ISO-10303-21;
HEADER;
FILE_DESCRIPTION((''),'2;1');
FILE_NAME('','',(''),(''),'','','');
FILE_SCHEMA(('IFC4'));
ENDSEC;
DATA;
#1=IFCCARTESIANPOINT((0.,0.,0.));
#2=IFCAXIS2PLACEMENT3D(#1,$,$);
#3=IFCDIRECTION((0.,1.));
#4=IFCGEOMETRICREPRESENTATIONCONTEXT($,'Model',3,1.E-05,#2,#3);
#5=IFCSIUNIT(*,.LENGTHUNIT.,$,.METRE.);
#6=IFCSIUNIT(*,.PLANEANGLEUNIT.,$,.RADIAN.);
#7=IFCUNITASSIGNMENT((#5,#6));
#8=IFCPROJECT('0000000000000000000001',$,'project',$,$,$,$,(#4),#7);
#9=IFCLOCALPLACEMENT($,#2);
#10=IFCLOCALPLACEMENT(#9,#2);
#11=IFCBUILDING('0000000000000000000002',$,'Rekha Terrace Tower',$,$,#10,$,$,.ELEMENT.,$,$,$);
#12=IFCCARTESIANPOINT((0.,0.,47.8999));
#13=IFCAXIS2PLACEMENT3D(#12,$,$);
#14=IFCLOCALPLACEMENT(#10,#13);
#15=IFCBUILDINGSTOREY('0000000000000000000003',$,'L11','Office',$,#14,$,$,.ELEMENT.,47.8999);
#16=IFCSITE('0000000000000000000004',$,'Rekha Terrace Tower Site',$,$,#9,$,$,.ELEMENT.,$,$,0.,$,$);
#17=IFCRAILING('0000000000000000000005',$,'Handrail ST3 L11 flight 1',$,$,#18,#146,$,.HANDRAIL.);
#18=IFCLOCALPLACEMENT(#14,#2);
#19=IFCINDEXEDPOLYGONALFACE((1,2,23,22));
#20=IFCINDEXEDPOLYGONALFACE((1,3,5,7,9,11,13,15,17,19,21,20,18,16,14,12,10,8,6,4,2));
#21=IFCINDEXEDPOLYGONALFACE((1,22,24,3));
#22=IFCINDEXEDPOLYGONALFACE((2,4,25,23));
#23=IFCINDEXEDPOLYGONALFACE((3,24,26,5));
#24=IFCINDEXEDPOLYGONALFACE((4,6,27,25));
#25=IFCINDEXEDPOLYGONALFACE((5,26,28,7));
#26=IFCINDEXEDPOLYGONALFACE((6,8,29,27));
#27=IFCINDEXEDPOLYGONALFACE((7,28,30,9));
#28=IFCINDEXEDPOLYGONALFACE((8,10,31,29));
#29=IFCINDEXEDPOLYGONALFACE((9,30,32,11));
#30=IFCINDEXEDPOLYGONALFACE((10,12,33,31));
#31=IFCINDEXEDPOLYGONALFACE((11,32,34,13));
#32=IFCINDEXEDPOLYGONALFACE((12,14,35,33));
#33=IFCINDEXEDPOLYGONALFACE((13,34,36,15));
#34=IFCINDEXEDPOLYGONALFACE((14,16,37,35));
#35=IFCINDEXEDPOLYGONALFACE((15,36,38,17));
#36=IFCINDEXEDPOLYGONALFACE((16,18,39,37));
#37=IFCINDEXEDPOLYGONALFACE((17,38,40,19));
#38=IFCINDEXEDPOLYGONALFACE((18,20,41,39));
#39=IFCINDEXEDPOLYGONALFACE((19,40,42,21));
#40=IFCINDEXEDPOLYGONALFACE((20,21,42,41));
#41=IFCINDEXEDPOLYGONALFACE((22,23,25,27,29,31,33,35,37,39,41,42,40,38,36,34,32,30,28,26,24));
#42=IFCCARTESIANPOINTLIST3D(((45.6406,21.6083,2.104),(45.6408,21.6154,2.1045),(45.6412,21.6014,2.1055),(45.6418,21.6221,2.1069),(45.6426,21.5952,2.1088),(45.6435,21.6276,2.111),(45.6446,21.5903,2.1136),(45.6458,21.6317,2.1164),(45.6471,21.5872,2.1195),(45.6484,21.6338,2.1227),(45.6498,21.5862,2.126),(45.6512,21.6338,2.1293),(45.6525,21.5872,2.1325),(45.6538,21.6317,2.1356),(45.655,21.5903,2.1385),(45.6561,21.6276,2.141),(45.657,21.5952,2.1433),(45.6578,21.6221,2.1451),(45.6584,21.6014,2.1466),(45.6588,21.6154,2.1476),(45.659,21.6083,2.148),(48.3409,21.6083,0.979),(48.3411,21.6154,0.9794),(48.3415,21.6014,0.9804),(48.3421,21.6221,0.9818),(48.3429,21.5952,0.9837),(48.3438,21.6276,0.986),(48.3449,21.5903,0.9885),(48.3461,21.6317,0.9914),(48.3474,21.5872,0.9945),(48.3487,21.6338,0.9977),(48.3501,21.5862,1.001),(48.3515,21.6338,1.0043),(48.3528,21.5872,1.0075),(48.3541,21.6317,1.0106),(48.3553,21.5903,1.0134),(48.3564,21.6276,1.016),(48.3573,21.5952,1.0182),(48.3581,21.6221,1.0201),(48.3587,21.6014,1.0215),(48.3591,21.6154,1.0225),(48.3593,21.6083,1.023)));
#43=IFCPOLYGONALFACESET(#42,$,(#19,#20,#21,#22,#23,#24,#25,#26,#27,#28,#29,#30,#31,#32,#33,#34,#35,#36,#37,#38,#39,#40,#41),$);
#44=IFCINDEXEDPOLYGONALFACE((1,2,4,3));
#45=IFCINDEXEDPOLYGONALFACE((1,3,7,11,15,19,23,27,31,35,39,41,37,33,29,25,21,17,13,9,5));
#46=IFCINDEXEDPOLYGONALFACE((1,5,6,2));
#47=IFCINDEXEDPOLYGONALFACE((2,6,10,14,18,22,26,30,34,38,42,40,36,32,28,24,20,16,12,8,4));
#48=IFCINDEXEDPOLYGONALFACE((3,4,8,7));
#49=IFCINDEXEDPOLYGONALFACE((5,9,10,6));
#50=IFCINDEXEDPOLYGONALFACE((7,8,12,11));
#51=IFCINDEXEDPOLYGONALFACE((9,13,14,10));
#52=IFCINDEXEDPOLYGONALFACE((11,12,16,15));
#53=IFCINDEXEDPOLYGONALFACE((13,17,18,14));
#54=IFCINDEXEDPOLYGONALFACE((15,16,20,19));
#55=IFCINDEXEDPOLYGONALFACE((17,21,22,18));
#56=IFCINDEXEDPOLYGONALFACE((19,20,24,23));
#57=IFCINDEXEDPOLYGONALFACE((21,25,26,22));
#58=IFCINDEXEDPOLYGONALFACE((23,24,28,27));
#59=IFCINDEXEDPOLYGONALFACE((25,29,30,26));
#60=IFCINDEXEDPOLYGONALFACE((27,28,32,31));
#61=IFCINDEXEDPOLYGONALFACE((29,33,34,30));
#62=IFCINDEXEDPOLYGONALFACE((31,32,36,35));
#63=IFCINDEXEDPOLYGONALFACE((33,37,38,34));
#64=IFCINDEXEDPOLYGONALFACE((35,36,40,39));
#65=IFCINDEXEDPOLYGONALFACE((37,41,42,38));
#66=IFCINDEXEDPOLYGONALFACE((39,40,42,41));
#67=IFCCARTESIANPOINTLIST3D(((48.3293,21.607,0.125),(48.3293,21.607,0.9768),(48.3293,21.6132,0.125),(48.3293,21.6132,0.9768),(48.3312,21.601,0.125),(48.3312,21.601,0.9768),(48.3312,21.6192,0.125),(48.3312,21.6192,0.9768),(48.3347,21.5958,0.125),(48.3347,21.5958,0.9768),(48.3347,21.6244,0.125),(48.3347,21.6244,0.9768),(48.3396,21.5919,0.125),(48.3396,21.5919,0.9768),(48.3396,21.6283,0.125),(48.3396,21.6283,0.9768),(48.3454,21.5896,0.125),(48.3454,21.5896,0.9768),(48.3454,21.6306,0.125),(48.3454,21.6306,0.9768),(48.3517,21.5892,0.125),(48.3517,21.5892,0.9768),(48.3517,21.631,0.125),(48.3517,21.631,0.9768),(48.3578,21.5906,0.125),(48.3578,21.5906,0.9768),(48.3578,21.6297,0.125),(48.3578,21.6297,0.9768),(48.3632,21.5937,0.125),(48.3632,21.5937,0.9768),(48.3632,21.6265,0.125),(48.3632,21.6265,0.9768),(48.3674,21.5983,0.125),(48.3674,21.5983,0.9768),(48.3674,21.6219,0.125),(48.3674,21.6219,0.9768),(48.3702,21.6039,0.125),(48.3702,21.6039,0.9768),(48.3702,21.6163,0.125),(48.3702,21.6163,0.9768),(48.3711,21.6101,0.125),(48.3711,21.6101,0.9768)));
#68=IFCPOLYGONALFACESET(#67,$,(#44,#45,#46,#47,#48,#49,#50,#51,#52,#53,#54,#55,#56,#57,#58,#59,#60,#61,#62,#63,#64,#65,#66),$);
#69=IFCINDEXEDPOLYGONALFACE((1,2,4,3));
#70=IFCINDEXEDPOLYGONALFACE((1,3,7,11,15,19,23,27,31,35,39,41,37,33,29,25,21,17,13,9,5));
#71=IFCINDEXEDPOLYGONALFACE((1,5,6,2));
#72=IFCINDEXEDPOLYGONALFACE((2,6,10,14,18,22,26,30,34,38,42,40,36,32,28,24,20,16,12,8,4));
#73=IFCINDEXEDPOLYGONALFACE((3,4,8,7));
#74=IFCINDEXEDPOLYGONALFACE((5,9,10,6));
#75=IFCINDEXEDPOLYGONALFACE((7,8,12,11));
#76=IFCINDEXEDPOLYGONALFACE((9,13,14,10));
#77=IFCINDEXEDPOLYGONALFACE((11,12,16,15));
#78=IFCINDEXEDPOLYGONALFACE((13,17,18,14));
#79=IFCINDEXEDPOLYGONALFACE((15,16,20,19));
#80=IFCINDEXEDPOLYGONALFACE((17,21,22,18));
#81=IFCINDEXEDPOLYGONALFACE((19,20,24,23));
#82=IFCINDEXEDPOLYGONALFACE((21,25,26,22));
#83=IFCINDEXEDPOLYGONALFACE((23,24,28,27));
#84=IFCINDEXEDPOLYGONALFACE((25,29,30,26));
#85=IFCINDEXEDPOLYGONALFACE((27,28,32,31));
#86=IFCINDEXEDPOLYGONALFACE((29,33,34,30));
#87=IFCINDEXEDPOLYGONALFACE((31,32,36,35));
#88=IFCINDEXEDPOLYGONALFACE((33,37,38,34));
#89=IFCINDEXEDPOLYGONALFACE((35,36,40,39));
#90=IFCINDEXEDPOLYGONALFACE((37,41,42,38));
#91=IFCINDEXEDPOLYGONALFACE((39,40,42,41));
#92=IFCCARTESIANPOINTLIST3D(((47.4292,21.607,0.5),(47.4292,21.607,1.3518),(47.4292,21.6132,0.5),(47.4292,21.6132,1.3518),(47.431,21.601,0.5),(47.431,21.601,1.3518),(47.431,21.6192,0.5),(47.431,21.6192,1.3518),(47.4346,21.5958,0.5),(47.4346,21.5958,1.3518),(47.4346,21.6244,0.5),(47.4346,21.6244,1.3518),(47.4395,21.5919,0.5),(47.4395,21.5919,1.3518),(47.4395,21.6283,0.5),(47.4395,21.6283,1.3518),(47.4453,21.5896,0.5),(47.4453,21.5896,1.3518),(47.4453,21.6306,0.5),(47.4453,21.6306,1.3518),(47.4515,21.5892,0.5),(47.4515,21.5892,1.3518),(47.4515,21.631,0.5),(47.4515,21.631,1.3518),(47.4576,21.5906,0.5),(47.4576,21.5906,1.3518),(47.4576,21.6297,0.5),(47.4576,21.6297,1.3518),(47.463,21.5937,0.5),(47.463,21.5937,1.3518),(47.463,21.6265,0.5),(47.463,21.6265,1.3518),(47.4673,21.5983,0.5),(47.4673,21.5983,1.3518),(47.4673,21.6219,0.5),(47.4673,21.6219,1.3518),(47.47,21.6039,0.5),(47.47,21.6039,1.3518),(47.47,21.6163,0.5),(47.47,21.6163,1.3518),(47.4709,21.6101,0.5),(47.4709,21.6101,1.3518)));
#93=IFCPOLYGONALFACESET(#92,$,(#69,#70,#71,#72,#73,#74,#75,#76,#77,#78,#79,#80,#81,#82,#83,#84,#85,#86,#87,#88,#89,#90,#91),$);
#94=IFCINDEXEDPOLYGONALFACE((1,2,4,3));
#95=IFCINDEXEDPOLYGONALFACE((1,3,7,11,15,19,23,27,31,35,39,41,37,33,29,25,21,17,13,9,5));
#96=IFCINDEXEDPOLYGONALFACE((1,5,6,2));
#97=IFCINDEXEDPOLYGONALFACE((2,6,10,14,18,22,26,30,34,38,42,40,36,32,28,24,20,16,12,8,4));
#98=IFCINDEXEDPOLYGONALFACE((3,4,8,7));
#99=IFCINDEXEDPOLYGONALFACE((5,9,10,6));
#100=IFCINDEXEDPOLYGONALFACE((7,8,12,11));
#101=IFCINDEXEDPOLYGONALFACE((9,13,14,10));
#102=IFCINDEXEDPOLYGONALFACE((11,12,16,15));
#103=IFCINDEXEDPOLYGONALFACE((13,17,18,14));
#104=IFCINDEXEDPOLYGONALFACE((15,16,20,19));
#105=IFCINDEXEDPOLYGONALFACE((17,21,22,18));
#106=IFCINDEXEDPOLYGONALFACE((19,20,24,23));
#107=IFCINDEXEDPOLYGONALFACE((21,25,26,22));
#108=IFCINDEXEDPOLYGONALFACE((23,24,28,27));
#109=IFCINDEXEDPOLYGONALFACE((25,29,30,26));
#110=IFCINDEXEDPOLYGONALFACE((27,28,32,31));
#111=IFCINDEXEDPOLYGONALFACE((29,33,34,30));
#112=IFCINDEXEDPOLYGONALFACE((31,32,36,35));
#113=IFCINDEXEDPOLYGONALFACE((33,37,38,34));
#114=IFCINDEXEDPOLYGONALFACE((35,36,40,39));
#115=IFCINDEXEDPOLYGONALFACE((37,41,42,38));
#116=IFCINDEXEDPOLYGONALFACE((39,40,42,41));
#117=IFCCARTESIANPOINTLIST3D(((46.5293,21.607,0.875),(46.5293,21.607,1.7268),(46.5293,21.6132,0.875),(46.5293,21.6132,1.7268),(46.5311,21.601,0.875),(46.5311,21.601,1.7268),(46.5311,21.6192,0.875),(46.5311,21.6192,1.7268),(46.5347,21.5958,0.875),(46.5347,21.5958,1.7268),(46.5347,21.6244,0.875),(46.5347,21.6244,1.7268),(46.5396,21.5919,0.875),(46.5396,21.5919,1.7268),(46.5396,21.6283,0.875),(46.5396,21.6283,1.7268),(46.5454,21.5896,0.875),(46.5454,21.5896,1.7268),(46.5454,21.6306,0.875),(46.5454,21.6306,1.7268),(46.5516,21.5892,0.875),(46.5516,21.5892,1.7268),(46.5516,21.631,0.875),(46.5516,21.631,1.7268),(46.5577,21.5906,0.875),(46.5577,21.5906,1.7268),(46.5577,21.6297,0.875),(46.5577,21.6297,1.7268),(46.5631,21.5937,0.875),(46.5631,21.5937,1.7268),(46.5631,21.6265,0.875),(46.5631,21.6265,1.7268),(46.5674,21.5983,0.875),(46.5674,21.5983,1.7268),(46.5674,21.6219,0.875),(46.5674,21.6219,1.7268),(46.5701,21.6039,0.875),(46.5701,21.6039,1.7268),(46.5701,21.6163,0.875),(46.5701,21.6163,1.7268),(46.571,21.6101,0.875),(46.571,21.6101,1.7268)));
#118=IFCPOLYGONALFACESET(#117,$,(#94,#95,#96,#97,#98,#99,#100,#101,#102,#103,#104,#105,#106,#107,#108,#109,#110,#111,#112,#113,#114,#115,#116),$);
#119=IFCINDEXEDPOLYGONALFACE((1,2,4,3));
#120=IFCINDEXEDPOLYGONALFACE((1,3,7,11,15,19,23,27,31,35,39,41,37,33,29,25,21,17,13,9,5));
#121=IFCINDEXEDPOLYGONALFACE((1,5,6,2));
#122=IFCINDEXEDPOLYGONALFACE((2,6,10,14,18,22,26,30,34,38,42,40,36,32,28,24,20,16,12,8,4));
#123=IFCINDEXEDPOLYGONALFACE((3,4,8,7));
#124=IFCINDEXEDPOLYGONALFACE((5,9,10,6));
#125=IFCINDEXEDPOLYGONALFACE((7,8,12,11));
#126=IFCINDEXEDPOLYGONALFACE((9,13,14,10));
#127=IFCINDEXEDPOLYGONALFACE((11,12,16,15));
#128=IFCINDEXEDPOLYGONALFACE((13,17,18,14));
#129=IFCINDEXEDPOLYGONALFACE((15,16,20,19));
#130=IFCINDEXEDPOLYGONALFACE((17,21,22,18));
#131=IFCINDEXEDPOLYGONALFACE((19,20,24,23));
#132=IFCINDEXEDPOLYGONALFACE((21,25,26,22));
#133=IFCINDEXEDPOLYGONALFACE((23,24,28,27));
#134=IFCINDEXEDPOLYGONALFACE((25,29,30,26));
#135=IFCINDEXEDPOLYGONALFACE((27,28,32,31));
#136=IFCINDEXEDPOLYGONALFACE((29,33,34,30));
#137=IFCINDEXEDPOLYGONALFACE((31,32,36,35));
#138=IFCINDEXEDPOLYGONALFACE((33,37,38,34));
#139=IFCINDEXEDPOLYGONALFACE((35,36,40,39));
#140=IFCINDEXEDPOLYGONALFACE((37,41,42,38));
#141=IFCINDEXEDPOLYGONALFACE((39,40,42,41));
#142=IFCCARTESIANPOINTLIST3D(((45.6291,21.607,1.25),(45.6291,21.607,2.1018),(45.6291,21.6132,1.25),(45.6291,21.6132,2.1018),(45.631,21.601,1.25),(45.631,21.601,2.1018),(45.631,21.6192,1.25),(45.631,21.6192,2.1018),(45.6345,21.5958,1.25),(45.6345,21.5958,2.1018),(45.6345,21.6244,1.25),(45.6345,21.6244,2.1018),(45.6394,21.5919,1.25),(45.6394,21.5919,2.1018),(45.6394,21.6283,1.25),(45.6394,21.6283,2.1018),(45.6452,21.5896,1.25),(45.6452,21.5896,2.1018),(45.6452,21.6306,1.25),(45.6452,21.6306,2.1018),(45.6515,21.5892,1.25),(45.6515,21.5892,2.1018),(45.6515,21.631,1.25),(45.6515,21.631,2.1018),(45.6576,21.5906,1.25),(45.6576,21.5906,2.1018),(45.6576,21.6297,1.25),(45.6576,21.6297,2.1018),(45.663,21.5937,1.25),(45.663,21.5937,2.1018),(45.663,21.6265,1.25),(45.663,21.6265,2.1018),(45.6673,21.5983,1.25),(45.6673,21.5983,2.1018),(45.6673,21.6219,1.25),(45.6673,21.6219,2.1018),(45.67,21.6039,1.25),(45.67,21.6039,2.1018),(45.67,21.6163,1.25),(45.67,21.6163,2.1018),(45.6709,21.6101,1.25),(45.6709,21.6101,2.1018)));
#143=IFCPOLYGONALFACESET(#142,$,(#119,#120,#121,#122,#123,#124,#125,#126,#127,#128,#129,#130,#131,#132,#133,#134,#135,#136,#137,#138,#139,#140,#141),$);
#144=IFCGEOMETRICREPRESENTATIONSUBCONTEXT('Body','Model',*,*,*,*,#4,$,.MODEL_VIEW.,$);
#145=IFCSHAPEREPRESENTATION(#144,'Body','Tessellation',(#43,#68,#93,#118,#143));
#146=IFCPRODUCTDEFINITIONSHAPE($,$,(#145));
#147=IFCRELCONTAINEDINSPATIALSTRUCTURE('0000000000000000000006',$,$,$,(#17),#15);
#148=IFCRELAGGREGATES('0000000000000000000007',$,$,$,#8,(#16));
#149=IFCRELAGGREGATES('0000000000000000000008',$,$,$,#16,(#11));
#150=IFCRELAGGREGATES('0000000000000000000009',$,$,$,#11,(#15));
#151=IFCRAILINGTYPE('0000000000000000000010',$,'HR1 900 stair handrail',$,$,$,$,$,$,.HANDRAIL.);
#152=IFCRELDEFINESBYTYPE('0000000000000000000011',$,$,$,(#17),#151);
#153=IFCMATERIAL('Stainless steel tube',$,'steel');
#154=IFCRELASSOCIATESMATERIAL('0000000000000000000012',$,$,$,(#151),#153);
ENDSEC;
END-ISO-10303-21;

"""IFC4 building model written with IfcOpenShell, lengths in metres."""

from ifc_helpers import new_model, si_unit, direction, frame, origin, origin_2d, place, context, subcontext, project, spatial, circle, extrude, material, type_object, element, save


model = new_model("IFC4")

# Units and contexts
model_context = context("Model", 3, precision=1e-05, world=origin(), true_north=direction((0.0, 1.0)))
body_context = subcontext(model_context, "Body", "Model", "MODEL_VIEW")
ifc_project = project(units=[si_unit("LENGTHUNIT", "METRE"), si_unit("PLANEANGLEUNIT", "RADIAN")], contexts=[model_context])

# Site, building, storey
site_placement = place(None, origin())
site = spatial("IfcSite", under=ifc_project, at=site_placement, Name="Rekha Terrace Tower Site", CompositionType="ELEMENT", RefElevation=0.0)
building_placement = place(site_placement, origin())
building = spatial("IfcBuilding", under=site, at=building_placement, Name="Rekha Terrace Tower", CompositionType="ELEMENT")
storey_placement = place(building_placement, frame((0.0, 0.0, 47.8999)))
storey = spatial("IfcBuildingStorey", under=building, at=storey_placement, Name="L11", Description="Office", CompositionType="ELEMENT", Elevation=47.8999)

# Railing
ifc_material_1 = material(Name="Stainless steel tube", Category="steel")
railing_type_1 = type_object("IfcRailingType", Name="HR1 900 stair handrail", PredefinedType="HANDRAIL", material=ifc_material_1)
railing_1_placement = place(storey_placement, frame((48.3501, 21.6101, 0.125)))
element("IfcRailing", 1, at=railing_1_placement, inside=storey, type_object=railing_type_1, Name="Handrail ST3 L11 flight 1", PredefinedType="HANDRAIL", context=body_context, shape_type="SweptSolid", body=[
    extrude(circle(Radius=0.0239, at=origin_2d()), frame((0.0, 0.0, 0.876), z_axis=(-0.923087, 0.0, 0.384592), x_axis=(0.0, -1.0, 0.0)), (0.0, 0.0, 1.0), 2.9253),
    extrude(circle(Radius=0.021, at=origin_2d()), origin(), (0.0, 0.0, 1.0), 0.8518),
    extrude(circle(Radius=0.021, at=origin_2d()), frame((-0.9001, 0.0, 0.375)), (0.0, 0.0, 1.0), 0.8518),
    extrude(circle(Radius=0.021, at=origin_2d()), frame((-1.8, 0.0, 0.75)), (0.0, 0.0, 1.0), 0.8518),
    extrude(circle(Radius=0.021, at=origin_2d()), frame((-2.7002, 0.0, 1.125)), (0.0, 0.0, 1.0), 0.8518),
])

save(model, "model.ifc")
